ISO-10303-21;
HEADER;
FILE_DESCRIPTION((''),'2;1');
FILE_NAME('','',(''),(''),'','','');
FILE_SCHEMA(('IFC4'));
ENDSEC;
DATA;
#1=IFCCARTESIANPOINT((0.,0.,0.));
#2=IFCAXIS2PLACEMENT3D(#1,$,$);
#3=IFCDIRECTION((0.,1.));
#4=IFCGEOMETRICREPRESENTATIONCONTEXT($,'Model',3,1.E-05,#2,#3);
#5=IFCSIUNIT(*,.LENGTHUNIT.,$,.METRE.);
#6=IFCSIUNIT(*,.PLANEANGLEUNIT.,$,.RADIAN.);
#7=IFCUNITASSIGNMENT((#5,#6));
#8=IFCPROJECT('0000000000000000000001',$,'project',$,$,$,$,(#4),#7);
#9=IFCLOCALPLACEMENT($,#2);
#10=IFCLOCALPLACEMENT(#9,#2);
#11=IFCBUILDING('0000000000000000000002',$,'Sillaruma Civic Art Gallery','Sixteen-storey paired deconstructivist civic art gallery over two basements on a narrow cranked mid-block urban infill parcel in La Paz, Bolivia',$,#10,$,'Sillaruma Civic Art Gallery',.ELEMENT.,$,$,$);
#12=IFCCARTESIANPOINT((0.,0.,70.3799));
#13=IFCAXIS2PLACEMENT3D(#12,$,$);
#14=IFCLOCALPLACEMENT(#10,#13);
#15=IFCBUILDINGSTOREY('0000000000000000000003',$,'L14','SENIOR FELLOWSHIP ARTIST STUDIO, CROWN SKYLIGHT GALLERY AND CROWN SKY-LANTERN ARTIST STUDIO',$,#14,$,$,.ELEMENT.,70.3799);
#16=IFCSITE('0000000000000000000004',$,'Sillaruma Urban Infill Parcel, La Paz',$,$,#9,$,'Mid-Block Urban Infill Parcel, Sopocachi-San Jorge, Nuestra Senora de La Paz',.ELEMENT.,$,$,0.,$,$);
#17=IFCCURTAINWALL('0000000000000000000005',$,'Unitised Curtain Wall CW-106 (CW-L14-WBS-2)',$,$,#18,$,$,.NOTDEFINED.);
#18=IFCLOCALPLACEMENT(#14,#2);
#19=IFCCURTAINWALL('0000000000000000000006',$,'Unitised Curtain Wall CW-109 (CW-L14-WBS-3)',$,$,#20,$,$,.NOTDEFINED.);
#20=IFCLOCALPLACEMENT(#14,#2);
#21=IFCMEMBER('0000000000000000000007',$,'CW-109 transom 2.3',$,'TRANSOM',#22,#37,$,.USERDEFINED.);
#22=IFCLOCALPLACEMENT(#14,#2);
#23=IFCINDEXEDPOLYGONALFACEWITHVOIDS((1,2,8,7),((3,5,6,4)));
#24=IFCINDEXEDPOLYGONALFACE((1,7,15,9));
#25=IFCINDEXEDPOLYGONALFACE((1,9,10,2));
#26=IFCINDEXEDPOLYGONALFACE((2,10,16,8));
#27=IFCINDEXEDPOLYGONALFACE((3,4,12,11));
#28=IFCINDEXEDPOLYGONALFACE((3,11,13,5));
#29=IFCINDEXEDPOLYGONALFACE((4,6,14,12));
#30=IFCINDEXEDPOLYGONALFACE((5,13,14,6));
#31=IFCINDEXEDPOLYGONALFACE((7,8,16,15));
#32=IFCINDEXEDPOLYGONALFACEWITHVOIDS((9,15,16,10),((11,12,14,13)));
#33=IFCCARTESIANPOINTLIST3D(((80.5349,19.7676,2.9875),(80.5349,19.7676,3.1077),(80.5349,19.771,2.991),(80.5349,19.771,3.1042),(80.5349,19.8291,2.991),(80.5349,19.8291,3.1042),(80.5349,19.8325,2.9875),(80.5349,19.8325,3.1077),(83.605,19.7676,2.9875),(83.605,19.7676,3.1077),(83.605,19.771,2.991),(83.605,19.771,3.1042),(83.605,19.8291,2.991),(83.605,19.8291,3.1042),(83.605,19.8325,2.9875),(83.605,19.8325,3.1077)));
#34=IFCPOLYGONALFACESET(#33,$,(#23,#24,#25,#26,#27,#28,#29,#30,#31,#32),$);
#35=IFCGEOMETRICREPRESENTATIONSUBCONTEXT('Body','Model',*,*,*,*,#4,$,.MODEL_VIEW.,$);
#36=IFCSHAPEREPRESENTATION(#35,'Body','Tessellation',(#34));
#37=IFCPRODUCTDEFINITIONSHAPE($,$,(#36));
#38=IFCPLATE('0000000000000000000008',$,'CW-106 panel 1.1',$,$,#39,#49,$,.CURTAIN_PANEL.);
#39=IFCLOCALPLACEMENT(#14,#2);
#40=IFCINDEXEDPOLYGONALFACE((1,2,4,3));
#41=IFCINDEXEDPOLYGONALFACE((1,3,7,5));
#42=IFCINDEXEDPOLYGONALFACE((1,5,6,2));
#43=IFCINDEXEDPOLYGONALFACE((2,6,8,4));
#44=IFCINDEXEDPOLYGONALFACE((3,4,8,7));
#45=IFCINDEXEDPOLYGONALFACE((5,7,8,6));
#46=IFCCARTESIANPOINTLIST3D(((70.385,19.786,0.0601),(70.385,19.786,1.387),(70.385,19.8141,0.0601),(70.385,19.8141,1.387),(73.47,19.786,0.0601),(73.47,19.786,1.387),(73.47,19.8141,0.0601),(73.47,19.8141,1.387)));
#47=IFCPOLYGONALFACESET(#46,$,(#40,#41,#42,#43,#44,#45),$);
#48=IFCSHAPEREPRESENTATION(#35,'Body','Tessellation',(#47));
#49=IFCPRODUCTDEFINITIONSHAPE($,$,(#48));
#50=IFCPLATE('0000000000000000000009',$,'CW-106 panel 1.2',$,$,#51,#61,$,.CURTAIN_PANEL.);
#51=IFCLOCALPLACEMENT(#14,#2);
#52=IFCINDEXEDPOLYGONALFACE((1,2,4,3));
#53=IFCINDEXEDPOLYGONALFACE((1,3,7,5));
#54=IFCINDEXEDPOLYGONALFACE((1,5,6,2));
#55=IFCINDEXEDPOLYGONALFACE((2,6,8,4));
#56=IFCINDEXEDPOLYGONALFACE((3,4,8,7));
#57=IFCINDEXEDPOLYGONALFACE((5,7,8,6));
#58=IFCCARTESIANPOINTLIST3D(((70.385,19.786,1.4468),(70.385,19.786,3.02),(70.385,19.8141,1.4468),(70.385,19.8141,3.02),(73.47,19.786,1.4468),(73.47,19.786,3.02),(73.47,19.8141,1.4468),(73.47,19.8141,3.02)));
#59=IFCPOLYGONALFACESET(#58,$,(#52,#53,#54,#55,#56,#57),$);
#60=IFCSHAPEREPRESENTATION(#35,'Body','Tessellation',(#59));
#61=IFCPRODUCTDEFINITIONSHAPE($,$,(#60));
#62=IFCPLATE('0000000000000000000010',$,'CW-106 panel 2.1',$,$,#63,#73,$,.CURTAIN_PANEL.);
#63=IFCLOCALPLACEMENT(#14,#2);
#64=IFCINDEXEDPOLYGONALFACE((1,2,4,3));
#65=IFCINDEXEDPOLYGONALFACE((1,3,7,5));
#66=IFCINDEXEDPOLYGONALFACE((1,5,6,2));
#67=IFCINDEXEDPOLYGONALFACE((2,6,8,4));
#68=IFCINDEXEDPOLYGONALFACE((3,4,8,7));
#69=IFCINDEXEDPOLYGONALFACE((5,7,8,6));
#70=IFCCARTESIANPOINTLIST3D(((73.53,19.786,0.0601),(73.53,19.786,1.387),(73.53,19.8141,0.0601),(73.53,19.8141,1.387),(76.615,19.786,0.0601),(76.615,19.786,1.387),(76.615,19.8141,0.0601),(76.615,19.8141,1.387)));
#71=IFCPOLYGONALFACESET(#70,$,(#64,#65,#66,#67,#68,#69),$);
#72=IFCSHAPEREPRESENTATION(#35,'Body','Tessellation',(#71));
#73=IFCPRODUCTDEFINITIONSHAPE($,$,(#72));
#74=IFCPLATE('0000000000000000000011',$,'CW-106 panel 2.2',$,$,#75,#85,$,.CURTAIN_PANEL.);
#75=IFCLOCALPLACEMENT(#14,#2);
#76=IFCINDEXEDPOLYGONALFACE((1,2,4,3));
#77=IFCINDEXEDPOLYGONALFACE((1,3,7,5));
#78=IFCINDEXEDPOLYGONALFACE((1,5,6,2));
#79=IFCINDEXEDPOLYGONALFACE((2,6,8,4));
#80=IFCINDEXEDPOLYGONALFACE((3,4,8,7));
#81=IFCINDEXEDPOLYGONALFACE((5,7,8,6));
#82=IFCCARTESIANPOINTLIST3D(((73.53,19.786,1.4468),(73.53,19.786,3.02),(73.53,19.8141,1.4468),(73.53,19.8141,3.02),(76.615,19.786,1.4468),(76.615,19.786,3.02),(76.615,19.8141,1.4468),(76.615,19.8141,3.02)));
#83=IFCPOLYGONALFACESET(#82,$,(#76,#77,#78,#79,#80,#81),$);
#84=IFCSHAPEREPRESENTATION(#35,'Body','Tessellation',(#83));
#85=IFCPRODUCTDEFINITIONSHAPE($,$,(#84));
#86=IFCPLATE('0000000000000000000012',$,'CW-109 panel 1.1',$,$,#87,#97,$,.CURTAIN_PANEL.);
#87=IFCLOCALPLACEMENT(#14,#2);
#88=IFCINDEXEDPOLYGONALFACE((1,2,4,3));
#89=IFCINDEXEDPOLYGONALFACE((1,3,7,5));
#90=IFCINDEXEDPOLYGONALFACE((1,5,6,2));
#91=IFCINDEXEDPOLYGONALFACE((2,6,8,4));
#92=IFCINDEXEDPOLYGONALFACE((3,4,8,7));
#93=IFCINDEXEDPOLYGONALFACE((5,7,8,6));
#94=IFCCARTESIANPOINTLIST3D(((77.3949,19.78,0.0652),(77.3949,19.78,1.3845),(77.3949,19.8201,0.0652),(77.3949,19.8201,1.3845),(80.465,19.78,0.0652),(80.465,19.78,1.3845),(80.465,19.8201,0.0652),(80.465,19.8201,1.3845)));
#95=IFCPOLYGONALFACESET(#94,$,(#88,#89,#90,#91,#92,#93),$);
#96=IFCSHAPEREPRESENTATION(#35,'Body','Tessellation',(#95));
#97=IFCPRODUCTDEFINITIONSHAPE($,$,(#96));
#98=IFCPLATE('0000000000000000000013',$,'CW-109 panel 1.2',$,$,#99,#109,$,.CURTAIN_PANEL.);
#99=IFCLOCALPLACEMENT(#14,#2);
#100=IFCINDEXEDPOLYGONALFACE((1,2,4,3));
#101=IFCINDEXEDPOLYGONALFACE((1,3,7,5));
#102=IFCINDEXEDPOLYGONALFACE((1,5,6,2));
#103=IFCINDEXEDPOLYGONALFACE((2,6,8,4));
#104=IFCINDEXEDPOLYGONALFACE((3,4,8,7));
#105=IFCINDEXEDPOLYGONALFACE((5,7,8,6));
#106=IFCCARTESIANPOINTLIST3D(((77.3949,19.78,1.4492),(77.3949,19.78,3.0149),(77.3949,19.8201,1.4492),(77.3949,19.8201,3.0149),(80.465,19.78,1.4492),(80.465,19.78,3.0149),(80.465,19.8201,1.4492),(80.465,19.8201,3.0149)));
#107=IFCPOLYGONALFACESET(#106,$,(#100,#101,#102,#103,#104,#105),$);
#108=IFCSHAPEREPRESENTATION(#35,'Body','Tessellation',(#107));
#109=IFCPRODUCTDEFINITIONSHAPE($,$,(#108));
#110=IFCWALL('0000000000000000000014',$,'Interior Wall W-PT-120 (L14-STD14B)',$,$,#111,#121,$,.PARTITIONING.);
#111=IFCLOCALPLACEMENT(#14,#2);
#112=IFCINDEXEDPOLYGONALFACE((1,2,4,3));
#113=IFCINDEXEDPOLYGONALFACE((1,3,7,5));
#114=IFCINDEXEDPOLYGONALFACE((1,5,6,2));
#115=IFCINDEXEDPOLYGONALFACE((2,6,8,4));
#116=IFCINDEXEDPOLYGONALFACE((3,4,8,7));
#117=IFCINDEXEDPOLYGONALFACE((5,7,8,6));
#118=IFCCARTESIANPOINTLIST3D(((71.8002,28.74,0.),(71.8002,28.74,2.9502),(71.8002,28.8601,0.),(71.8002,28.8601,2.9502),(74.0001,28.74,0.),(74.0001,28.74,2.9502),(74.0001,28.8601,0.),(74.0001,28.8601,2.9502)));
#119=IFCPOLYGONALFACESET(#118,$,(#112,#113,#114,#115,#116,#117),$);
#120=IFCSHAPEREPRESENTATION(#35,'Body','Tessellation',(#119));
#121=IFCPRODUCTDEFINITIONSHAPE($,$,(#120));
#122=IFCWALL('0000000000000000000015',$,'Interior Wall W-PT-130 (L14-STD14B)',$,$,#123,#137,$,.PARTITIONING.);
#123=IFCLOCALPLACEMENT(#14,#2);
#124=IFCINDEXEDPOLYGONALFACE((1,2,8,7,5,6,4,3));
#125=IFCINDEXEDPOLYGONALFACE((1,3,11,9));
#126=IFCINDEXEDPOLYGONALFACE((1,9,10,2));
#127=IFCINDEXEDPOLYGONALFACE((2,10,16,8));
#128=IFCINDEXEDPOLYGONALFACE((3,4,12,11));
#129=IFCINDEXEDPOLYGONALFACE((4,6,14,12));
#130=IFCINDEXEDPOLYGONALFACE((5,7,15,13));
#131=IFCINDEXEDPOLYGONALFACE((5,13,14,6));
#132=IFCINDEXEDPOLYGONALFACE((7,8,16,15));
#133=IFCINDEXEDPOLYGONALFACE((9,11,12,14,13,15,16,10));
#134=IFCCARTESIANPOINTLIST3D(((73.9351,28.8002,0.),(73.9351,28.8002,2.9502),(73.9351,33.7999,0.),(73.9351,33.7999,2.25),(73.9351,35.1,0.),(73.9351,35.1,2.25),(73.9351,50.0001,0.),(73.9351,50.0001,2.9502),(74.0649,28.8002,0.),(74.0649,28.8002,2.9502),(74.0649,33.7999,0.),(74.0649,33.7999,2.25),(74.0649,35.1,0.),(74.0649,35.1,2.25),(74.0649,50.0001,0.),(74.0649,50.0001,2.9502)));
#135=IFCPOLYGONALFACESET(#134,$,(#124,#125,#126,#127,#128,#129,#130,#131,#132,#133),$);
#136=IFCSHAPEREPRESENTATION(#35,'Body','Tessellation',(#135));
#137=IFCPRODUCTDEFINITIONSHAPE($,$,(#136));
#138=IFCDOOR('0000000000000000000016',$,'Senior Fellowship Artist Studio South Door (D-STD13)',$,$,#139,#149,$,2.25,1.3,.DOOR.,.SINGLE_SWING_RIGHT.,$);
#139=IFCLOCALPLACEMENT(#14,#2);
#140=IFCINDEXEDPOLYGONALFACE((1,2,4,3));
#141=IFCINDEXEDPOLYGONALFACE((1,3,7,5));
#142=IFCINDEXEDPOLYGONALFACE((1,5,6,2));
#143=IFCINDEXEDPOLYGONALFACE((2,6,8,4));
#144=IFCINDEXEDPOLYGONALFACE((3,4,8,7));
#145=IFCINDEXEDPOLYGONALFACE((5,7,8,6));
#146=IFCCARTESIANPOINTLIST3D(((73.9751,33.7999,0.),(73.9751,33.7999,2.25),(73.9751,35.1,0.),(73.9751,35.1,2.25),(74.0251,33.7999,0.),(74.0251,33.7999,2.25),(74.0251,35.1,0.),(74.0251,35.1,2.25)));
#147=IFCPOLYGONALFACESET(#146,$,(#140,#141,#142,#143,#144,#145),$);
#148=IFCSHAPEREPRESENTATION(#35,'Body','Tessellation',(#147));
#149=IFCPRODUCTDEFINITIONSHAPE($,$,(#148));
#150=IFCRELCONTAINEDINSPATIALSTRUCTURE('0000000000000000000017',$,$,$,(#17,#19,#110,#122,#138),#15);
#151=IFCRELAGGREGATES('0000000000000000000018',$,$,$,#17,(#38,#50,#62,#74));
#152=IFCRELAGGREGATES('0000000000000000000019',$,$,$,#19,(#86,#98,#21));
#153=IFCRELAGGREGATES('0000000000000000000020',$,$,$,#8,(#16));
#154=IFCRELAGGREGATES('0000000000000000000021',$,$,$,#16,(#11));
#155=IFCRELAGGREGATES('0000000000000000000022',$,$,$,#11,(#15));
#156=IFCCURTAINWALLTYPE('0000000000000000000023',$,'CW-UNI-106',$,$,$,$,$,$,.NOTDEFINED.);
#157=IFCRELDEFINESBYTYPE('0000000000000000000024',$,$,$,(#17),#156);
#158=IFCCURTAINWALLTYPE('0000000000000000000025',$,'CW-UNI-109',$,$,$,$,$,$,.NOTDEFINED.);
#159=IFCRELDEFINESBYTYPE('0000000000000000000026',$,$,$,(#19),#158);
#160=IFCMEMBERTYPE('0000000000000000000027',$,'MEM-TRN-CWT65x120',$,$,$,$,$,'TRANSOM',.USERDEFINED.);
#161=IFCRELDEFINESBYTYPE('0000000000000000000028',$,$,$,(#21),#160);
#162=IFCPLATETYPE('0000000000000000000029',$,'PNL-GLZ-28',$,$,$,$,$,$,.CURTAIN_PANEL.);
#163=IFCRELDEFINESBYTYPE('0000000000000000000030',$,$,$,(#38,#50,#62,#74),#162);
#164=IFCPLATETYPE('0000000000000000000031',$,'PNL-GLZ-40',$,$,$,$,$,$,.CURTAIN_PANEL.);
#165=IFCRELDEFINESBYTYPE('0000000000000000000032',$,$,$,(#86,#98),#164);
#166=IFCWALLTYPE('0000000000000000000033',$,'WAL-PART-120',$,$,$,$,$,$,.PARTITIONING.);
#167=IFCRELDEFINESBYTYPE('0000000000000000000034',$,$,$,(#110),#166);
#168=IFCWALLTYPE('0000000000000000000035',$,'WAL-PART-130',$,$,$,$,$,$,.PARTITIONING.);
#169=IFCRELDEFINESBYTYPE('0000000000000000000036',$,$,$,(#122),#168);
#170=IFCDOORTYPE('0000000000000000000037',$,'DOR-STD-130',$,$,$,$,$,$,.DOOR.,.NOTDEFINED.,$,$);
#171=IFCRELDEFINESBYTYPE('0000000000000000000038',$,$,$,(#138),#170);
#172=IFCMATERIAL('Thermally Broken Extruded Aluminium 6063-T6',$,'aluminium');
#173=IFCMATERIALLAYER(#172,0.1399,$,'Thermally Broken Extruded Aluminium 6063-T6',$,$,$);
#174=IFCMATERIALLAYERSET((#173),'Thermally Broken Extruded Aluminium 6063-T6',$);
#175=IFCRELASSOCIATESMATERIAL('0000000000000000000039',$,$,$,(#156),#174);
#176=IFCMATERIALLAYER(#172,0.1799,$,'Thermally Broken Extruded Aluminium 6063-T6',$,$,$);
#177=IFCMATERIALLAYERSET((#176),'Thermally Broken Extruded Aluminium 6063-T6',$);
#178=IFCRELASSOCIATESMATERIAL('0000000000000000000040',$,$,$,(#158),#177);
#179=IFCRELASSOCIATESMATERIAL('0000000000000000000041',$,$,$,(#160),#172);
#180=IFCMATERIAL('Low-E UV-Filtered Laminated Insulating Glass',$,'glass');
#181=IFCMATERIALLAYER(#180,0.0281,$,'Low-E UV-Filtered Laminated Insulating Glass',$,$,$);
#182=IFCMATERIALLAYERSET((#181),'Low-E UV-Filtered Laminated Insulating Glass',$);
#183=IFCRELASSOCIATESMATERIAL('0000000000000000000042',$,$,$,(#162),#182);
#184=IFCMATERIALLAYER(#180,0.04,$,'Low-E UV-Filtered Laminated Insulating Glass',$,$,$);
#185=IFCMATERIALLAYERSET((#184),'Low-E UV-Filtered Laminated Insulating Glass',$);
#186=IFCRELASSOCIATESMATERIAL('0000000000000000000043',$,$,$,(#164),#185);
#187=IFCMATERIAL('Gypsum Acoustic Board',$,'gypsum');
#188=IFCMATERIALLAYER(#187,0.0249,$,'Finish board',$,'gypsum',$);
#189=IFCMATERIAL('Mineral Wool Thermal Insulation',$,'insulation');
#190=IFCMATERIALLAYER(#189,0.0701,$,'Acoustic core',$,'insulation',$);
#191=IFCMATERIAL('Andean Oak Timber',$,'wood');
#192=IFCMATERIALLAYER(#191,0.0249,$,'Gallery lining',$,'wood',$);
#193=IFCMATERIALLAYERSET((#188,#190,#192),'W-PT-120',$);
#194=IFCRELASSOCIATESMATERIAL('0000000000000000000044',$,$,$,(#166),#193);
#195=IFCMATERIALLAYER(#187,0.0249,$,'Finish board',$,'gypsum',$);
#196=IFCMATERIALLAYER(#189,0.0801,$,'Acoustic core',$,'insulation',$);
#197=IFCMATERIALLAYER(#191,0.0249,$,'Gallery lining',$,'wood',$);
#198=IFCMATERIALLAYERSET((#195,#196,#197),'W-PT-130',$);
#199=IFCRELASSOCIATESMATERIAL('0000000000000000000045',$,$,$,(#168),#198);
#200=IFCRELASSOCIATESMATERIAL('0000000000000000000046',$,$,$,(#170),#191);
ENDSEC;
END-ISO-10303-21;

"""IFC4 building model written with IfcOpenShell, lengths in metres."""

from ifc_helpers import new_model, si_unit, direction, frame, frame_2d, origin, origin_2d, place, context, subcontext, project, spatial, rectangle, hollow_rectangle, extrude, material, layer, layer_set, material_profile, profile_set, type_object, element, fill, aggregate, save


model = new_model("IFC4")

# Units and contexts
model_context = context("Model", 3, precision=1e-05, world=origin(), true_north=direction((0.0, 1.0)))
body_context = subcontext(model_context, "Body", "Model", "MODEL_VIEW")
ifc_project = project(units=[si_unit("LENGTHUNIT", "METRE"), si_unit("PLANEANGLEUNIT", "RADIAN")], contexts=[model_context])

# Site, building, storey
site_placement = place(None, origin())
site = spatial("IfcSite", under=ifc_project, at=site_placement, Name="Sillaruma Urban Infill Parcel, La Paz", LongName="Mid-Block Urban Infill Parcel, Sopocachi-San Jorge, Nuestra Senora de La Paz", CompositionType="ELEMENT", RefElevation=0.0)
building_placement = place(site_placement, origin())
building = spatial("IfcBuilding", under=site, at=building_placement, Name="Sillaruma Civic Art Gallery", Description="Sixteen-storey paired deconstructivist civic art gallery over two basements on a narrow cranked mid-block urban infill parcel in La Paz, Bolivia", LongName="Sillaruma Civic Art Gallery", CompositionType="ELEMENT")
storey_placement = place(building_placement, frame((0.0, 0.0, 70.3799)))
storey = spatial("IfcBuildingStorey", under=building, at=storey_placement, Name="L14", Description="SENIOR FELLOWSHIP ARTIST STUDIO, CROWN SKYLIGHT GALLERY AND CROWN SKY-LANTERN ARTIST STUDIO", CompositionType="ELEMENT", Elevation=70.3799)

# Curtain walls
ifc_material_1 = material(Name="Thermally Broken Extruded Aluminium 6063-T6", Category="aluminium")
ifc_layer_1 = layer(ifc_material_1, 0.1399, Name="Thermally Broken Extruded Aluminium 6063-T6")
ifc_layer_set_1 = layer_set([ifc_layer_1], Name="Thermally Broken Extruded Aluminium 6063-T6")
curtain_wall_type_1 = type_object("IfcCurtainWallType", Name="CW-UNI-106", PredefinedType="NOTDEFINED", material=ifc_layer_set_1)
curtain_wall_1_placement = place(storey_placement, origin())
curtain_wall_1 = element("IfcCurtainWall", 1, at=curtain_wall_1_placement, inside=storey, type_object=curtain_wall_type_1, Name="Unitised Curtain Wall CW-106 (CW-L14-WBS-2)", PredefinedType="NOTDEFINED")
ifc_layer_2 = layer(ifc_material_1, 0.1799, Name="Thermally Broken Extruded Aluminium 6063-T6")
ifc_layer_set_2 = layer_set([ifc_layer_2], Name="Thermally Broken Extruded Aluminium 6063-T6")
curtain_wall_type_2 = type_object("IfcCurtainWallType", Name="CW-UNI-109", PredefinedType="NOTDEFINED", material=ifc_layer_set_2)
curtain_wall_2_placement = place(storey_placement, origin())
curtain_wall_2 = element("IfcCurtainWall", 2, at=curtain_wall_2_placement, inside=storey, type_object=curtain_wall_type_2, Name="Unitised Curtain Wall CW-109 (CW-L14-WBS-3)", PredefinedType="NOTDEFINED")

# Member
ifc_material_profile_1 = material_profile(ifc_material_1, hollow_rectangle(XDim=0.0649, YDim=0.1201, WallThickness=0.0034, at=origin_2d()), Name="CWT65x120")
ifc_profile_set_1 = profile_set([ifc_material_profile_1], Name="Thermally Broken Extruded Aluminium 6063-T6")
member_type_1 = type_object("IfcMemberType", Name="MEM-TRN-CWT65x120", ElementType="TRANSOM", PredefinedType="USERDEFINED", material=ifc_profile_set_1)
member_1_placement = place(storey_placement, frame((80.5349, 19.8, 3.0476), z_axis=(1.0, 0.0, 0.0), x_axis=(0.0, 1.0, 0.0)))
member_1 = element("IfcMember", 3, at=member_1_placement, type_object=member_type_1, Name="CW-109 transom 2.3", ObjectType="TRANSOM", PredefinedType="USERDEFINED", context=body_context, shape_type="SweptSolid", body=[
    extrude(hollow_rectangle(XDim=0.0649, YDim=0.1201, WallThickness=0.0034, at=origin_2d()), origin(), (0.0, 0.0, 1.0), 3.0701),
])

# Plates
ifc_material_2 = material(Name="Low-E UV-Filtered Laminated Insulating Glass", Category="glass")
ifc_layer_3 = layer(ifc_material_2, 0.0281, Name="Low-E UV-Filtered Laminated Insulating Glass")
ifc_layer_set_3 = layer_set([ifc_layer_3], Name="Low-E UV-Filtered Laminated Insulating Glass")
plate_type_1 = type_object("IfcPlateType", Name="PNL-GLZ-28", PredefinedType="CURTAIN_PANEL", material=ifc_layer_set_3)
plate_1_placement = place(storey_placement, frame((71.9275, 19.8, 0.0601), z_axis=(0.0, 0.0, 1.0), x_axis=(1.0, 0.0, 0.0)))
plate_1 = element("IfcPlate", 4, at=plate_1_placement, type_object=plate_type_1, Name="CW-106 panel 1.1", PredefinedType="CURTAIN_PANEL", context=body_context, shape_type="SweptSolid", body=[
    extrude(rectangle(XDim=3.085, YDim=0.0281, at=origin_2d()), origin(), (0.0, 0.0, 1.0), 1.3269),
])
plate_2_placement = place(storey_placement, frame((71.9275, 19.8, 1.4468), z_axis=(0.0, 0.0, 1.0), x_axis=(1.0, 0.0, 0.0)))
plate_2 = element("IfcPlate", 5, at=plate_2_placement, type_object=plate_type_1, Name="CW-106 panel 1.2", PredefinedType="CURTAIN_PANEL", context=body_context, shape_type="SweptSolid", body=[
    extrude(rectangle(XDim=3.085, YDim=0.0281, at=origin_2d()), origin(), (0.0, 0.0, 1.0), 1.5732),
])
plate_3_placement = place(storey_placement, frame((75.0725, 19.8, 0.0601), z_axis=(0.0, 0.0, 1.0), x_axis=(1.0, 0.0, 0.0)))
plate_3 = element("IfcPlate", 6, at=plate_3_placement, type_object=plate_type_1, Name="CW-106 panel 2.1", PredefinedType="CURTAIN_PANEL", context=body_context, shape_type="SweptSolid", body=[
    extrude(rectangle(XDim=3.085, YDim=0.0281, at=origin_2d()), origin(), (0.0, 0.0, 1.0), 1.3269),
])
plate_4_placement = place(storey_placement, frame((75.0725, 19.8, 1.4468), z_axis=(0.0, 0.0, 1.0), x_axis=(1.0, 0.0, 0.0)))
plate_4 = element("IfcPlate", 7, at=plate_4_placement, type_object=plate_type_1, Name="CW-106 panel 2.2", PredefinedType="CURTAIN_PANEL", context=body_context, shape_type="SweptSolid", body=[
    extrude(rectangle(XDim=3.085, YDim=0.0281, at=origin_2d()), origin(), (0.0, 0.0, 1.0), 1.5732),
])
aggregate(curtain_wall_1, [plate_1, plate_2, plate_3, plate_4])
ifc_layer_4 = layer(ifc_material_2, 0.04, Name="Low-E UV-Filtered Laminated Insulating Glass")
ifc_layer_set_4 = layer_set([ifc_layer_4], Name="Low-E UV-Filtered Laminated Insulating Glass")
plate_type_2 = type_object("IfcPlateType", Name="PNL-GLZ-40", PredefinedType="CURTAIN_PANEL", material=ifc_layer_set_4)
plate_5_placement = place(storey_placement, frame((78.9299, 19.8, 0.0652), z_axis=(0.0, 0.0, 1.0), x_axis=(1.0, 0.0, 0.0)))
plate_5 = element("IfcPlate", 8, at=plate_5_placement, type_object=plate_type_2, Name="CW-109 panel 1.1", PredefinedType="CURTAIN_PANEL", context=body_context, shape_type="SweptSolid", body=[
    extrude(rectangle(XDim=3.0701, YDim=0.04, at=origin_2d()), origin(), (0.0, 0.0, 1.0), 1.3193),
])
plate_6_placement = place(storey_placement, frame((78.9299, 19.8, 1.4492), z_axis=(0.0, 0.0, 1.0), x_axis=(1.0, 0.0, 0.0)))
plate_6 = element("IfcPlate", 9, at=plate_6_placement, type_object=plate_type_2, Name="CW-109 panel 1.2", PredefinedType="CURTAIN_PANEL", context=body_context, shape_type="SweptSolid", body=[
    extrude(rectangle(XDim=3.0701, YDim=0.04, at=origin_2d()), origin(), (0.0, 0.0, 1.0), 1.5657),
])
aggregate(curtain_wall_2, [plate_5, plate_6, member_1])

# Wall
ifc_material_3 = material(Name="Gypsum Acoustic Board", Category="gypsum")
ifc_layer_5 = layer(ifc_material_3, 0.0249, Name="Finish board", Category="gypsum")
ifc_material_4 = material(Name="Mineral Wool Thermal Insulation", Category="insulation")
ifc_layer_6 = layer(ifc_material_4, 0.0701, Name="Acoustic core", Category="insulation")
ifc_material_5 = material(Name="Andean Oak Timber", Category="wood")
ifc_layer_7 = layer(ifc_material_5, 0.0249, Name="Gallery lining", Category="wood")
ifc_layer_set_5 = layer_set([ifc_layer_5, ifc_layer_6, ifc_layer_7], Name="W-PT-120")
wall_type_1 = type_object("IfcWallType", Name="WAL-PART-120", PredefinedType="PARTITIONING", material=ifc_layer_set_5)
wall_1_placement = place(storey_placement, frame((71.8, 28.8, 0.0), z_axis=(0.0, 0.0, 1.0), x_axis=(1.0, 0.0, 0.0)))
element("IfcWall", 10, at=wall_1_placement, inside=storey, type_object=wall_type_1, Name="Interior Wall W-PT-120 (L14-STD14B)", PredefinedType="PARTITIONING", context=body_context, shape_type="SweptSolid", body=[
    extrude(rectangle(XDim=2.2, YDim=0.1201, at=frame_2d((1.1001, 0.0))), origin(), (0.0, 0.0, 1.0), 2.9502),
])

# Wall, opening, door
ifc_layer_8 = layer(ifc_material_3, 0.0249, Name="Finish board", Category="gypsum")
ifc_layer_9 = layer(ifc_material_4, 0.0801, Name="Acoustic core", Category="insulation")
ifc_layer_10 = layer(ifc_material_5, 0.0249, Name="Gallery lining", Category="wood")
ifc_layer_set_6 = layer_set([ifc_layer_8, ifc_layer_9, ifc_layer_10], Name="W-PT-130")
wall_type_2 = type_object("IfcWallType", Name="WAL-PART-130", PredefinedType="PARTITIONING", material=ifc_layer_set_6)
wall_2_placement = place(storey_placement, frame((74.0, 28.8, 0.0), z_axis=(0.0, 0.0, 1.0), x_axis=(0.0, 1.0, 0.0)))
wall_2 = element("IfcWall", 11, at=wall_2_placement, inside=storey, type_object=wall_type_2, Name="Interior Wall W-PT-130 (L14-STD14B)", PredefinedType="PARTITIONING", context=body_context, shape_type="SweptSolid", body=[
    extrude(rectangle(XDim=21.2, YDim=0.1299, at=frame_2d((10.6001, 0.0))), origin(), (0.0, 0.0, 1.0), 2.9502),
])
opening_1_placement = place(wall_2_placement, frame((5.0, 0.0, 0.0)))
opening_1 = element("IfcOpeningElement", 12, at=opening_1_placement, cuts=wall_2, PredefinedType="OPENING", context=body_context, shape_type="SweptSolid", body=[
    extrude(rectangle(XDim=1.3, YDim=2.25, at=frame_2d((0.6499, 1.125))), frame((0.0, 0.075, 0.0), z_axis=(0.0, -1.0, 0.0), x_axis=(1.0, 0.0, 0.0)), (0.0, 0.0, 1.0), 0.1499),
])
door_type_1 = type_object("IfcDoorType", Name="DOR-STD-130", OperationType="NOTDEFINED", PredefinedType="DOOR", material=ifc_material_5)
door_1_placement = place(opening_1_placement, origin())
door_1 = element("IfcDoor", 13, at=door_1_placement, inside=storey, type_object=door_type_1, Name="Senior Fellowship Artist Studio South Door (D-STD13)", OperationType="SINGLE_SWING_RIGHT", OverallHeight=2.25, OverallWidth=1.3, PredefinedType="DOOR", context=body_context, shape_type="SweptSolid", body=[
    extrude(rectangle(XDim=1.3, YDim=2.25, at=frame_2d((0.6499, 1.125))), frame((0.0, 0.0249, 0.0), z_axis=(0.0, -1.0, 0.0), x_axis=(1.0, 0.0, 0.0)), (0.0, 0.0, 1.0), 0.05),
])
fill(opening_1, door_1)

save(model, "model.ifc")
